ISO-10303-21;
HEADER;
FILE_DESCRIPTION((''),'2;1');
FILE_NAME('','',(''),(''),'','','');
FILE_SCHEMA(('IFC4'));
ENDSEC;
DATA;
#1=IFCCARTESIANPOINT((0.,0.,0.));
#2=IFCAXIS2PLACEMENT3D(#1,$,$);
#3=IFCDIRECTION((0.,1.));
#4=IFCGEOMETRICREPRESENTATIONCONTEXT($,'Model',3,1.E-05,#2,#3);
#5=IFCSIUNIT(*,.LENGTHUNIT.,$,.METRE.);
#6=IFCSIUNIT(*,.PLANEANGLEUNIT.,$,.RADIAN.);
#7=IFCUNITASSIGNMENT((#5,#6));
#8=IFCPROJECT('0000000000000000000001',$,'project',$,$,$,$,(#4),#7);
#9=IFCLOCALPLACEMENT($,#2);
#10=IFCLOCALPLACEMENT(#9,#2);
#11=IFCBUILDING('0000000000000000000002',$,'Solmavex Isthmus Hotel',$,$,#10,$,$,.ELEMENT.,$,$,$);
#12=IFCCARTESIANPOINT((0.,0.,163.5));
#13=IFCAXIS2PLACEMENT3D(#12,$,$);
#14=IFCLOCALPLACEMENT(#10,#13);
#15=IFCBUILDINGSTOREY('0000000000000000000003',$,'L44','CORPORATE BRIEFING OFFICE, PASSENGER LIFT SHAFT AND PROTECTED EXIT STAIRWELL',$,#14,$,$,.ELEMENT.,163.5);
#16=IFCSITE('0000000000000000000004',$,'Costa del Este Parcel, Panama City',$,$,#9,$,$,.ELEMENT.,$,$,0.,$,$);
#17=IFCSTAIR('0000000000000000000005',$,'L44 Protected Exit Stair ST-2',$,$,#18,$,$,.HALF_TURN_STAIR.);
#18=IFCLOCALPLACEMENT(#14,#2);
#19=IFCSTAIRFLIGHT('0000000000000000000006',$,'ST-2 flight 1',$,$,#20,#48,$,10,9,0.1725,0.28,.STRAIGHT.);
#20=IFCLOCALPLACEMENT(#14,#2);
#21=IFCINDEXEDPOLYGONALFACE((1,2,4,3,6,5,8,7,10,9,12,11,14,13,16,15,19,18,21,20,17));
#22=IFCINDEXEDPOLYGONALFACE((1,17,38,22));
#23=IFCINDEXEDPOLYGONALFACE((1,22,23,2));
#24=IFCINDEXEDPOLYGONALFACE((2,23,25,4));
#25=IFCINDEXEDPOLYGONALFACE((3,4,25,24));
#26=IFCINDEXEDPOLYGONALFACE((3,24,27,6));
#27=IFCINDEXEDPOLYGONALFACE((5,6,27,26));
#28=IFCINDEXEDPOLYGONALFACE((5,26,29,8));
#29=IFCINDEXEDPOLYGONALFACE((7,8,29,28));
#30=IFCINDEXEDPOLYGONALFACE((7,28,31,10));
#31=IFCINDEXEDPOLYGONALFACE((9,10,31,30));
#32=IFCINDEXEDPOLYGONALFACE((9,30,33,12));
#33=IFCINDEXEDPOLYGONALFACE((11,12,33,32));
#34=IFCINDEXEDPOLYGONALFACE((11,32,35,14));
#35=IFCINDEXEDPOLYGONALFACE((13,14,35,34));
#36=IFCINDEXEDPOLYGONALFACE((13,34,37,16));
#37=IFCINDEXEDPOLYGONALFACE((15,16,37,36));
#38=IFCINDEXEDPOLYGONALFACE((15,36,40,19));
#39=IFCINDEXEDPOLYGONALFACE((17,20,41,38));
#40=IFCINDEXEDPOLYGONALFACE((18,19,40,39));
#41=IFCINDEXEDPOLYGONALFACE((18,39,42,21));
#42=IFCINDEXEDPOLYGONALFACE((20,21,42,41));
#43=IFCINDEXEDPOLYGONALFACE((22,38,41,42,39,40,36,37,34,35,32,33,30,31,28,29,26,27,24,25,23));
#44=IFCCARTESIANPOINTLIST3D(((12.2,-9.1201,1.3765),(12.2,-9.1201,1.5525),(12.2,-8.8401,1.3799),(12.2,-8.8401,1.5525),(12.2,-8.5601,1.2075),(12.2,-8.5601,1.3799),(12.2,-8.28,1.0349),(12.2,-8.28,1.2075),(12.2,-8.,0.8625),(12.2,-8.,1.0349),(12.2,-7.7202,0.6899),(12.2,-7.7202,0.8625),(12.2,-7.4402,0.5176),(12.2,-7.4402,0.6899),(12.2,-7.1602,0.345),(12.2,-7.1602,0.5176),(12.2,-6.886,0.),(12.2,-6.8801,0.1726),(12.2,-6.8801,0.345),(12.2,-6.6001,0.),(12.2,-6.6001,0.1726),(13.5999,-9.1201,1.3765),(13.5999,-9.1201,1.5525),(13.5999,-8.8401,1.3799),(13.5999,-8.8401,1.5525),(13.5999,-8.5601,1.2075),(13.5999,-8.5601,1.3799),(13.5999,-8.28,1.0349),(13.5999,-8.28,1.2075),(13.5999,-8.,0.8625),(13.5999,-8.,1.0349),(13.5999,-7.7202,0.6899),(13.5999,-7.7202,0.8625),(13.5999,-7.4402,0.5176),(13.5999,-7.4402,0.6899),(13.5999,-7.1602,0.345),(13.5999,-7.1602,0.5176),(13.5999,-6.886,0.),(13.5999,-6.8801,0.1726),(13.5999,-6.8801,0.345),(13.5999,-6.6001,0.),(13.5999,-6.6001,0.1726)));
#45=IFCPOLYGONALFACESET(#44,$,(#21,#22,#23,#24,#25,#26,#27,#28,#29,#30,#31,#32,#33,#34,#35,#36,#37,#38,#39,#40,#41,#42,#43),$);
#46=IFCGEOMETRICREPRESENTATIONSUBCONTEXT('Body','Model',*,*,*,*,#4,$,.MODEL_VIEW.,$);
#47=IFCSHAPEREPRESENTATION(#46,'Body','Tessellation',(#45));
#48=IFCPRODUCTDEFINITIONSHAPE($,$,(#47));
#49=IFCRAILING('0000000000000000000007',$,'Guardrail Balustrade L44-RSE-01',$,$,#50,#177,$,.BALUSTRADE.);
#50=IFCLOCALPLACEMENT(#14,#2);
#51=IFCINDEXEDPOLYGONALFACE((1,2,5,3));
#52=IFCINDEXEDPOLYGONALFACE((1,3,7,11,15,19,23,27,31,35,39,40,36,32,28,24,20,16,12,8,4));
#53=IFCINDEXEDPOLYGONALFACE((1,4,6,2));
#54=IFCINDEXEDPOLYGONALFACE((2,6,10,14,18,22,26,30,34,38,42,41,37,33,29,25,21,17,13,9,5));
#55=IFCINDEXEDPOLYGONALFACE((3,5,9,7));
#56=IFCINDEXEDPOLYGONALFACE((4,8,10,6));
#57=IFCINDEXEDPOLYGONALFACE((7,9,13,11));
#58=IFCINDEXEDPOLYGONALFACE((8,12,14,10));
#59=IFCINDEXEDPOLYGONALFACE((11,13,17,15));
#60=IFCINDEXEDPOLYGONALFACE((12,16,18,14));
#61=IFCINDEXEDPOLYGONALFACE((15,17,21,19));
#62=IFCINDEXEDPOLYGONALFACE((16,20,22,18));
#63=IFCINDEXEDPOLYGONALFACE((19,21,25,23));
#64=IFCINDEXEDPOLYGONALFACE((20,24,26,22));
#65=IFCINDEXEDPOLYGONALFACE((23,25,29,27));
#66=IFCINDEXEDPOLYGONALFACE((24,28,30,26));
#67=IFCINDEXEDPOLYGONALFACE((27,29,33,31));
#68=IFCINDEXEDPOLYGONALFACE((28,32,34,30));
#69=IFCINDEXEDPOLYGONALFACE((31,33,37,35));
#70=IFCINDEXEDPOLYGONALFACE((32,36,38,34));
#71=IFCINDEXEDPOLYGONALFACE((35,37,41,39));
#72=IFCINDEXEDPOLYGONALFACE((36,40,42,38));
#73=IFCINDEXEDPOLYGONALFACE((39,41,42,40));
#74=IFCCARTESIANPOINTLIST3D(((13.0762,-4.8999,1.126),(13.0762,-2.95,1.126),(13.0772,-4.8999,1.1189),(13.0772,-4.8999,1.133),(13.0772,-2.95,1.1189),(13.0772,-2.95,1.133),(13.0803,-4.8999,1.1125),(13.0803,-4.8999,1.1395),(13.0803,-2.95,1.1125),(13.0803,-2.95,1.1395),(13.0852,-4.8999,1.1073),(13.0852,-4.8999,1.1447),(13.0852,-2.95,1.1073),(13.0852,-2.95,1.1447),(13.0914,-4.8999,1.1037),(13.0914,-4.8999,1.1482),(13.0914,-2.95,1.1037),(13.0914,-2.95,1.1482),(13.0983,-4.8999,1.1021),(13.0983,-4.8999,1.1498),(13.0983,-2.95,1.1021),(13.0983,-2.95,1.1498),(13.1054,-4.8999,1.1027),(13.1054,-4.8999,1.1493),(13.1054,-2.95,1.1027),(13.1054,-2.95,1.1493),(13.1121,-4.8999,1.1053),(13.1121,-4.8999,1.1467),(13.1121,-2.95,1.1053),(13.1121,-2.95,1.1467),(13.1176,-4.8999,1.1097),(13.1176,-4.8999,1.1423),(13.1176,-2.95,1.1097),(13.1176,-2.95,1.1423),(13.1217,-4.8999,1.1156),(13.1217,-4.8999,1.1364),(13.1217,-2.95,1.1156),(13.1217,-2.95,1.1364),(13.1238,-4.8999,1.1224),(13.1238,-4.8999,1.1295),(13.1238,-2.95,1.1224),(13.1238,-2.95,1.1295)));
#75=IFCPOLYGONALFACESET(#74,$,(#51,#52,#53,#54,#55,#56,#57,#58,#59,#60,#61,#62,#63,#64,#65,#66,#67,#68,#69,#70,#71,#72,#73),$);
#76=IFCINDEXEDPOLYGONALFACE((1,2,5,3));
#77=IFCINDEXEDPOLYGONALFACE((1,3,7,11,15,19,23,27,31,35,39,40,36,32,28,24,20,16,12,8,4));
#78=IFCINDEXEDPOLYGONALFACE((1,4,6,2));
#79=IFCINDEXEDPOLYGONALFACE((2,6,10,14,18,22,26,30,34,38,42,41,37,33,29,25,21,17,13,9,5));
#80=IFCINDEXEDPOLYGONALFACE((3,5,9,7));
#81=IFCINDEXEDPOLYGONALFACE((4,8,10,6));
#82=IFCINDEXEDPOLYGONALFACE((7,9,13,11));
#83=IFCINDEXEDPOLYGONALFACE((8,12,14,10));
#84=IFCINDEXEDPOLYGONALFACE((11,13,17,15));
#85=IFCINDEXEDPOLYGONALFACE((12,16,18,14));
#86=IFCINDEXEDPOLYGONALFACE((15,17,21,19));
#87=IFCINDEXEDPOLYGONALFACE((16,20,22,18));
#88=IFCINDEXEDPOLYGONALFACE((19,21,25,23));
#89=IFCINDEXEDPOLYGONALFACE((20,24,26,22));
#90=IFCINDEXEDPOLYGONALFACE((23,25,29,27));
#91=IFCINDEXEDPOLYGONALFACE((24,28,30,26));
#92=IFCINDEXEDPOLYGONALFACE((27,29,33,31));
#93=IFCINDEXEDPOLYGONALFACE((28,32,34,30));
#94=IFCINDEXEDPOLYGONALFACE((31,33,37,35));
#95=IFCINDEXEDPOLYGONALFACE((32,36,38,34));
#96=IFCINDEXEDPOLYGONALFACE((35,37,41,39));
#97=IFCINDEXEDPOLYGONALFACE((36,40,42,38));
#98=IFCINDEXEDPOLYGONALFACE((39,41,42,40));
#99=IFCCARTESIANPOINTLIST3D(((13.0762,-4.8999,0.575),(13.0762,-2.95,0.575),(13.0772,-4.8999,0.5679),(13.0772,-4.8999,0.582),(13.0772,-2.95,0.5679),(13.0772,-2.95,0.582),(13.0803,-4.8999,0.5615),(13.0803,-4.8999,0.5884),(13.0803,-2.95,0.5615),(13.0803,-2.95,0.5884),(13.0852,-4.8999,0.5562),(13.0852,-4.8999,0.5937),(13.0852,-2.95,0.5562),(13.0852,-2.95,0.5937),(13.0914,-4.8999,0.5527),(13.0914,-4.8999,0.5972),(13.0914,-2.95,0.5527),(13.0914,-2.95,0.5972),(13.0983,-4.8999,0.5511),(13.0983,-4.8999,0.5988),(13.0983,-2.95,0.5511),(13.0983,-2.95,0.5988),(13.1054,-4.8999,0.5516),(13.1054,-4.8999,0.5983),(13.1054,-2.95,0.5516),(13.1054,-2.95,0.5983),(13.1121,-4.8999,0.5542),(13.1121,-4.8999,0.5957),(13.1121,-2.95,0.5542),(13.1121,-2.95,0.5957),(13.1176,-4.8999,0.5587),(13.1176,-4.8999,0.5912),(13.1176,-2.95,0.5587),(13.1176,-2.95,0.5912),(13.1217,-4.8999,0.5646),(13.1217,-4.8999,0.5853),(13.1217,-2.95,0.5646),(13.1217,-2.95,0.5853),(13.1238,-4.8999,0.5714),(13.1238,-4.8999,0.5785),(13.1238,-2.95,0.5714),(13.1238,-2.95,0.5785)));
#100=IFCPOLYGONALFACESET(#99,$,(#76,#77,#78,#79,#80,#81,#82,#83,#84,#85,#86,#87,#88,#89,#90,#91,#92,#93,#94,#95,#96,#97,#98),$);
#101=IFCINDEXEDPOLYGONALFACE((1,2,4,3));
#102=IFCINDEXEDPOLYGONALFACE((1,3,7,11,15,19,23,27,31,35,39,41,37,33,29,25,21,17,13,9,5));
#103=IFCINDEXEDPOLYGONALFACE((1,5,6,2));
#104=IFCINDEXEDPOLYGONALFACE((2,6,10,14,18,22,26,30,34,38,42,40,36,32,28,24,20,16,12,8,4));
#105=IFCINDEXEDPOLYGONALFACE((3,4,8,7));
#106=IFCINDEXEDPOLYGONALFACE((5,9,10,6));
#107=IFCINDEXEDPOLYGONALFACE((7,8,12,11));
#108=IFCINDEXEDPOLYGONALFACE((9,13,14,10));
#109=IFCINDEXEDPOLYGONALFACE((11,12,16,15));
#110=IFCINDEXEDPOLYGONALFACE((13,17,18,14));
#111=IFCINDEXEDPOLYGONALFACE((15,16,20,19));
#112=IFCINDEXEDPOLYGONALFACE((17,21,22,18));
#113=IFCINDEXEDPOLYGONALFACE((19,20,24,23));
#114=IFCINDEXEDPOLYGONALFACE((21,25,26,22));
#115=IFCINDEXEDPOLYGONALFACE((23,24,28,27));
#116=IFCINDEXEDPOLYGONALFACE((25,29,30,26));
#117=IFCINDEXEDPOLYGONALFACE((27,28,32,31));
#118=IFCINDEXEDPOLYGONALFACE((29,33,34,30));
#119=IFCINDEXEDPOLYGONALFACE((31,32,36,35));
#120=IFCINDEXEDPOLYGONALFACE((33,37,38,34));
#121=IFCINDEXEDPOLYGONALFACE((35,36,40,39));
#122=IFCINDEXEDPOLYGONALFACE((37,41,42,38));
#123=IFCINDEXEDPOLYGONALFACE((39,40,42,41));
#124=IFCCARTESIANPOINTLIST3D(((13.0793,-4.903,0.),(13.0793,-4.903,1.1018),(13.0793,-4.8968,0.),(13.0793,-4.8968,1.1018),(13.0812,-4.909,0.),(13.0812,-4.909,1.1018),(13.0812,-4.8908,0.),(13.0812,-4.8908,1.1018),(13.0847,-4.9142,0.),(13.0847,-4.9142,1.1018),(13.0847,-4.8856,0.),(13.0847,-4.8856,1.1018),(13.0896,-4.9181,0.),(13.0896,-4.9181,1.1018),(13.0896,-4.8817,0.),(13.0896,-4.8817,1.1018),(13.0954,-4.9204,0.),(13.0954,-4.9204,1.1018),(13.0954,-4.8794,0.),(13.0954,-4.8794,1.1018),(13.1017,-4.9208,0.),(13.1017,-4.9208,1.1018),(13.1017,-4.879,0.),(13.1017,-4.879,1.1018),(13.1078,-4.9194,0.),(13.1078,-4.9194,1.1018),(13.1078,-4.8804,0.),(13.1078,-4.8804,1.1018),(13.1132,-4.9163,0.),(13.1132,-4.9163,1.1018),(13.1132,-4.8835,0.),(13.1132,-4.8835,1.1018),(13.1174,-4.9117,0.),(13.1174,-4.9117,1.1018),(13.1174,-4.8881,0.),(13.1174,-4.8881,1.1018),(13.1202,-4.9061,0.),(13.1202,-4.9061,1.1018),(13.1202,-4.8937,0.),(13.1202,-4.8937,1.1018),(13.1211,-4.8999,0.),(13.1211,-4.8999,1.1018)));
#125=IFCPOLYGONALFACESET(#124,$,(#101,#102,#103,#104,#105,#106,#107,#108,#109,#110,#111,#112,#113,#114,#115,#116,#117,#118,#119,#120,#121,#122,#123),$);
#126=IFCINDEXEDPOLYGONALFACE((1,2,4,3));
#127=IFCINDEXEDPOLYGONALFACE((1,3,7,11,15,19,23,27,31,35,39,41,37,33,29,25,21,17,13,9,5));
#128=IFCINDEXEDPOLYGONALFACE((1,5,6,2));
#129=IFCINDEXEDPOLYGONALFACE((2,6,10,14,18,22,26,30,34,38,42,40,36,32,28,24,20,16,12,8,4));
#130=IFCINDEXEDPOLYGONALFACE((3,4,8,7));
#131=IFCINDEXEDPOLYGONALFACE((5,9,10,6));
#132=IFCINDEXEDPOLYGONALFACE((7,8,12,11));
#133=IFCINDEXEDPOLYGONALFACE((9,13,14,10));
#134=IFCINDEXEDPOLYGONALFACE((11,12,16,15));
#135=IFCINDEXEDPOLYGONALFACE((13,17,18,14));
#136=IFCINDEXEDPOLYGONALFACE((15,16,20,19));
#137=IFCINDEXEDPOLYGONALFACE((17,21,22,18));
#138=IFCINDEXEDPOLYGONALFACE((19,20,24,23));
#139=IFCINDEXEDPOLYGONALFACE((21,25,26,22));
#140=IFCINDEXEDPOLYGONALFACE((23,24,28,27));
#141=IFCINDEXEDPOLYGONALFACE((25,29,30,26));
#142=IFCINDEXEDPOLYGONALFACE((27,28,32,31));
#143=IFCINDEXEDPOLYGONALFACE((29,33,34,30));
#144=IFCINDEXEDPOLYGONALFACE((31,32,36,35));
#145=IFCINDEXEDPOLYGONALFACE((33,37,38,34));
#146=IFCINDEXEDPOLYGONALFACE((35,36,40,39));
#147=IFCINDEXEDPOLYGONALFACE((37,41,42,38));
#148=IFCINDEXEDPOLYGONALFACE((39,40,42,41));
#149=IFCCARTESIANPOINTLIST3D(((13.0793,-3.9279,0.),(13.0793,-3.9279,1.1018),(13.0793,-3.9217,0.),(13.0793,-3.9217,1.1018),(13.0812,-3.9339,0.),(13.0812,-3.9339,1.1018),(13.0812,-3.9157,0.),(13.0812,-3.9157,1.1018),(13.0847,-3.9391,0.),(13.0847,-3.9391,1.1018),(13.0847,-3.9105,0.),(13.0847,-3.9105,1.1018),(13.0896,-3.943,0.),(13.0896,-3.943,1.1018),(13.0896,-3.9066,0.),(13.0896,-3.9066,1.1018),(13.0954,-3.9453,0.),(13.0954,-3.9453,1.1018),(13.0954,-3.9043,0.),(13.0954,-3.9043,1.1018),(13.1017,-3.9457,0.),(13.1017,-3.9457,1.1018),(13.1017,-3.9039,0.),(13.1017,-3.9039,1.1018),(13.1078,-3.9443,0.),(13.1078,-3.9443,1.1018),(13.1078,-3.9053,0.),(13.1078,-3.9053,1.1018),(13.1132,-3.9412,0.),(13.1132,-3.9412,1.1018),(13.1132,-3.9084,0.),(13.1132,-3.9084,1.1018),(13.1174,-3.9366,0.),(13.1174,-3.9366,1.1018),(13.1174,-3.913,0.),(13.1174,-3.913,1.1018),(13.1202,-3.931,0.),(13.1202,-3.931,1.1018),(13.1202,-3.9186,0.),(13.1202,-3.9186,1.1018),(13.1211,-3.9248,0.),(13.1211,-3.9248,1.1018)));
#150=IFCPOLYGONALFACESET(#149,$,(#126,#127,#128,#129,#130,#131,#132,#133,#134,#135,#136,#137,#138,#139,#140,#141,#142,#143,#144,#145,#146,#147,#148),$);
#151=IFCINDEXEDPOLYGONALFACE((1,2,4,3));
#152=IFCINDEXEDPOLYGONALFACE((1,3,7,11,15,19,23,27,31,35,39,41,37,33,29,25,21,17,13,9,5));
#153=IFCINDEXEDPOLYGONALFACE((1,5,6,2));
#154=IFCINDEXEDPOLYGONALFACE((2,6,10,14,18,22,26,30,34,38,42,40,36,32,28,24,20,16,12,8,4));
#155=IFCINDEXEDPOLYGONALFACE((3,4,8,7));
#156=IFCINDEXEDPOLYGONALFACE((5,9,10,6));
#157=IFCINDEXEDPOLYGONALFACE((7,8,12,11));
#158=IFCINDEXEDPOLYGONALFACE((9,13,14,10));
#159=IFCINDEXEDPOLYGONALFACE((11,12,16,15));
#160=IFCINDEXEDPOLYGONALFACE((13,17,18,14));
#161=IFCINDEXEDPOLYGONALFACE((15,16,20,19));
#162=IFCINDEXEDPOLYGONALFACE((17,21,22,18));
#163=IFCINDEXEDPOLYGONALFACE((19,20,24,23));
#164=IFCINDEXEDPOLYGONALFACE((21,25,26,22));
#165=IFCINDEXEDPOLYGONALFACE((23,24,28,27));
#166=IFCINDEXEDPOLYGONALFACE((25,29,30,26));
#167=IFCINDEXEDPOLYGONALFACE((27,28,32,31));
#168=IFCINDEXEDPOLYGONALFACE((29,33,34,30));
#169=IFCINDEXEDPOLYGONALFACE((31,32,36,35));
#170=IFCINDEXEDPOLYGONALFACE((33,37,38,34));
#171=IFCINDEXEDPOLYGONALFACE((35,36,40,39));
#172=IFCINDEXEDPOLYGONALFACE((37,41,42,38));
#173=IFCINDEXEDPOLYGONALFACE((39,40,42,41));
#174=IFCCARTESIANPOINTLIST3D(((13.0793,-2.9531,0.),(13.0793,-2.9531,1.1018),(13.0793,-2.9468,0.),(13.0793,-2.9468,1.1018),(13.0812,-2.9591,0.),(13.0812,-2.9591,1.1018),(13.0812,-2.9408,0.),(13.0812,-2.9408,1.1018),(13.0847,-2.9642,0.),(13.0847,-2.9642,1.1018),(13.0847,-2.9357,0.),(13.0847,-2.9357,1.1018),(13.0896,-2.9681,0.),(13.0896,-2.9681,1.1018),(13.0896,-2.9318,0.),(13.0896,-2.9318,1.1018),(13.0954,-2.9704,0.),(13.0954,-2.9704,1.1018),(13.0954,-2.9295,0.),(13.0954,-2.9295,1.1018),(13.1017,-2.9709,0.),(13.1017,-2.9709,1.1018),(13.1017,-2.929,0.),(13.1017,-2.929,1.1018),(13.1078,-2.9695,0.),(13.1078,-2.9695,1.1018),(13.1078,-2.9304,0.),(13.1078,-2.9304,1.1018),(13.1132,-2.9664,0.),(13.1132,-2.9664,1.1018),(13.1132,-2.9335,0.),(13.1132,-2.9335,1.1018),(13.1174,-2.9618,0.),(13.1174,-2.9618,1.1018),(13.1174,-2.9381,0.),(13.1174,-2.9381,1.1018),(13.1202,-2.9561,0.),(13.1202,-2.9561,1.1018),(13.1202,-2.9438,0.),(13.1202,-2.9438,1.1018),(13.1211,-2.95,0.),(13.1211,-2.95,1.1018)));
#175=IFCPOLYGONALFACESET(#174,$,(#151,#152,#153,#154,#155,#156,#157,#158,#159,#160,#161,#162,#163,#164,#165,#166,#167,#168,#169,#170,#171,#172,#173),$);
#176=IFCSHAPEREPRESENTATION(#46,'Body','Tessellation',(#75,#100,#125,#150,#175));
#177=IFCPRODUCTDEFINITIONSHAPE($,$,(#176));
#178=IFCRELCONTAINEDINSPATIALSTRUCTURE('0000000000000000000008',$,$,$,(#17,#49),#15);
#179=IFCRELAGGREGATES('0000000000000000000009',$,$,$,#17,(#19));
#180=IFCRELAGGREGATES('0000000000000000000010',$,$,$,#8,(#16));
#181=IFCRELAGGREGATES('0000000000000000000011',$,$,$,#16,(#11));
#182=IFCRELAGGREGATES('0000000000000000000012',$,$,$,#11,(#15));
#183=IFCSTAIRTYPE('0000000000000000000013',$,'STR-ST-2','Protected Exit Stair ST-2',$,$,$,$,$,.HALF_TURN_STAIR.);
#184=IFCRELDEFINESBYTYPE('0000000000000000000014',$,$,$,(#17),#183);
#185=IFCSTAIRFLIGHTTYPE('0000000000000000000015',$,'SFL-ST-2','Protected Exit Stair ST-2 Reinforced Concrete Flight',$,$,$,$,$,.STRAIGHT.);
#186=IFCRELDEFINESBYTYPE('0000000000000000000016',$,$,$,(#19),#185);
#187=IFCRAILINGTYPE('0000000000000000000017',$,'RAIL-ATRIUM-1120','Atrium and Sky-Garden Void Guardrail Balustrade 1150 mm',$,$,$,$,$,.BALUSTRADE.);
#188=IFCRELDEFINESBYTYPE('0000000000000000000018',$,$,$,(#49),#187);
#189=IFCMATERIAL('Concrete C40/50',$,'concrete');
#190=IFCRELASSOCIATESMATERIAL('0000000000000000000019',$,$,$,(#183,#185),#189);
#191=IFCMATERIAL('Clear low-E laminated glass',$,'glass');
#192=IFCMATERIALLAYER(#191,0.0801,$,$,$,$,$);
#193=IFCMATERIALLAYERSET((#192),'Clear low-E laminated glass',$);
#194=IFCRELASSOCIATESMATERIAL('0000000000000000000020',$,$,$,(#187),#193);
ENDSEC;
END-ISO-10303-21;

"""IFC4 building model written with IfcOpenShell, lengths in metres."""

from ifc_helpers import new_model, si_unit, direction, frame, origin, origin_2d, place, context, subcontext, project, spatial, polyline, circle, outline, extrude, material, layer, layer_set, type_object, element, aggregate, save


model = new_model("IFC4")

# Units and contexts
model_context = context("Model", 3, precision=1e-05, world=origin(), true_north=direction((0.0, 1.0)))
body_context = subcontext(model_context, "Body", "Model", "MODEL_VIEW")
ifc_project = project(units=[si_unit("LENGTHUNIT", "METRE"), si_unit("PLANEANGLEUNIT", "RADIAN")], contexts=[model_context])

# Site, building, storey
site_placement = place(None, origin())
site = spatial("IfcSite", under=ifc_project, at=site_placement, Name="Costa del Este Parcel, Panama City", CompositionType="ELEMENT", RefElevation=0.0)
building_placement = place(site_placement, origin())
building = spatial("IfcBuilding", under=site, at=building_placement, Name="Solmavex Isthmus Hotel", CompositionType="ELEMENT")
storey_placement = place(building_placement, frame((0.0, 0.0, 163.5)))
storey = spatial("IfcBuildingStorey", under=building, at=storey_placement, Name="L44", Description="CORPORATE BRIEFING OFFICE, PASSENGER LIFT SHAFT AND PROTECTED EXIT STAIRWELL", CompositionType="ELEMENT", Elevation=163.5)

# Shared definitions
ifc_material_1 = material(Name="Concrete C40/50", Category="concrete")

# Stair, stair flight
stair_type = type_object("IfcStairType", Name="STR-ST-2", Description="Protected Exit Stair ST-2", PredefinedType="HALF_TURN_STAIR", material=ifc_material_1)
stair_placement = place(storey_placement, origin())
stair = element("IfcStair", 1, at=stair_placement, inside=storey, type_object=stair_type, Name="L44 Protected Exit Stair ST-2", PredefinedType="HALF_TURN_STAIR")
stair_flight_type = type_object("IfcStairFlightType", Name="SFL-ST-2", Description="Protected Exit Stair ST-2 Reinforced Concrete Flight", PredefinedType="STRAIGHT", material=ifc_material_1)
stair_flight_placement = place(storey_placement, frame((12.8999, -6.6001, 0.0), z_axis=(0.0, 0.0, 1.0), x_axis=(0.0, -1.0, 0.0)))
stair_flight = element("IfcStairFlight", 2, at=stair_flight_placement, type_object=stair_flight_type, Name="ST-2 flight 1", NumberOfRisers=10, NumberOfTreads=9, PredefinedType="STRAIGHT", RiserHeight=0.1725, TreadLength=0.28, context=body_context, shape_type="SweptSolid", body=[
    extrude(outline(polyline([(0.0, 0.0), (0.0, 0.1726), (0.28, 0.1726), (0.28, 0.345), (0.5601, 0.345), (0.5601, 0.5176), (0.8401, 0.5176), (0.8401, 0.6899), (1.1201, 0.6899), (1.1201, 0.8625), (1.3999, 0.8625), (1.3999, 1.0349), (1.6799, 1.0349), (1.6799, 1.2075), (1.96, 1.2075), (1.96, 1.3799), (2.24, 1.3799), (2.24, 1.5525), (2.52, 1.5525), (2.52, 1.7251), (2.52, 1.3765), (0.2859, 0.0), (0.0, 0.0)])), frame((0.0, 0.7, 0.0), z_axis=(0.0, -1.0, 0.0), x_axis=(1.0, 0.0, 0.0)), (0.0, 0.0, 1.0), 1.3999),
])
aggregate(stair, [stair_flight])

# Railing
ifc_material_2 = material(Name="Clear low-E laminated glass", Category="glass")
ifc_layer_1 = layer(ifc_material_2, 0.0801)
ifc_layer_set_1 = layer_set([ifc_layer_1], Name="Clear low-E laminated glass")
railing_type_1 = type_object("IfcRailingType", Name="RAIL-ATRIUM-1120", Description="Atrium and Sky-Garden Void Guardrail Balustrade 1150 mm", PredefinedType="BALUSTRADE", material=ifc_layer_set_1)
railing_1_placement = place(storey_placement, frame((13.1001, -4.8999, 0.0)))
element("IfcRailing", 3, at=railing_1_placement, inside=storey, type_object=railing_type_1, Name="Guardrail Balustrade L44-RSE-01", PredefinedType="BALUSTRADE", context=body_context, shape_type="SweptSolid", body=[
    extrude(circle(Radius=0.0239, at=origin_2d()), frame((0.0, 0.0, 1.126), z_axis=(0.0, 1.0, 0.0), x_axis=(-1.0, 0.0, 0.0)), (0.0, 0.0, 1.0), 1.95),
    extrude(circle(Radius=0.0239, at=origin_2d()), frame((0.0, 0.0, 0.575), z_axis=(0.0, 1.0, 0.0), x_axis=(-1.0, 0.0, 0.0)), (0.0, 0.0, 1.0), 1.95),
    extrude(circle(Radius=0.021, at=origin_2d()), origin(), (0.0, 0.0, 1.0), 1.1018),
    extrude(circle(Radius=0.021, at=origin_2d()), frame((0.0, 0.9751, 0.0)), (0.0, 0.0, 1.0), 1.1018),
    extrude(circle(Radius=0.021, at=origin_2d()), frame((0.0, 1.95, 0.0)), (0.0, 0.0, 1.0), 1.1018),
])

save(model, "model.ifc")
